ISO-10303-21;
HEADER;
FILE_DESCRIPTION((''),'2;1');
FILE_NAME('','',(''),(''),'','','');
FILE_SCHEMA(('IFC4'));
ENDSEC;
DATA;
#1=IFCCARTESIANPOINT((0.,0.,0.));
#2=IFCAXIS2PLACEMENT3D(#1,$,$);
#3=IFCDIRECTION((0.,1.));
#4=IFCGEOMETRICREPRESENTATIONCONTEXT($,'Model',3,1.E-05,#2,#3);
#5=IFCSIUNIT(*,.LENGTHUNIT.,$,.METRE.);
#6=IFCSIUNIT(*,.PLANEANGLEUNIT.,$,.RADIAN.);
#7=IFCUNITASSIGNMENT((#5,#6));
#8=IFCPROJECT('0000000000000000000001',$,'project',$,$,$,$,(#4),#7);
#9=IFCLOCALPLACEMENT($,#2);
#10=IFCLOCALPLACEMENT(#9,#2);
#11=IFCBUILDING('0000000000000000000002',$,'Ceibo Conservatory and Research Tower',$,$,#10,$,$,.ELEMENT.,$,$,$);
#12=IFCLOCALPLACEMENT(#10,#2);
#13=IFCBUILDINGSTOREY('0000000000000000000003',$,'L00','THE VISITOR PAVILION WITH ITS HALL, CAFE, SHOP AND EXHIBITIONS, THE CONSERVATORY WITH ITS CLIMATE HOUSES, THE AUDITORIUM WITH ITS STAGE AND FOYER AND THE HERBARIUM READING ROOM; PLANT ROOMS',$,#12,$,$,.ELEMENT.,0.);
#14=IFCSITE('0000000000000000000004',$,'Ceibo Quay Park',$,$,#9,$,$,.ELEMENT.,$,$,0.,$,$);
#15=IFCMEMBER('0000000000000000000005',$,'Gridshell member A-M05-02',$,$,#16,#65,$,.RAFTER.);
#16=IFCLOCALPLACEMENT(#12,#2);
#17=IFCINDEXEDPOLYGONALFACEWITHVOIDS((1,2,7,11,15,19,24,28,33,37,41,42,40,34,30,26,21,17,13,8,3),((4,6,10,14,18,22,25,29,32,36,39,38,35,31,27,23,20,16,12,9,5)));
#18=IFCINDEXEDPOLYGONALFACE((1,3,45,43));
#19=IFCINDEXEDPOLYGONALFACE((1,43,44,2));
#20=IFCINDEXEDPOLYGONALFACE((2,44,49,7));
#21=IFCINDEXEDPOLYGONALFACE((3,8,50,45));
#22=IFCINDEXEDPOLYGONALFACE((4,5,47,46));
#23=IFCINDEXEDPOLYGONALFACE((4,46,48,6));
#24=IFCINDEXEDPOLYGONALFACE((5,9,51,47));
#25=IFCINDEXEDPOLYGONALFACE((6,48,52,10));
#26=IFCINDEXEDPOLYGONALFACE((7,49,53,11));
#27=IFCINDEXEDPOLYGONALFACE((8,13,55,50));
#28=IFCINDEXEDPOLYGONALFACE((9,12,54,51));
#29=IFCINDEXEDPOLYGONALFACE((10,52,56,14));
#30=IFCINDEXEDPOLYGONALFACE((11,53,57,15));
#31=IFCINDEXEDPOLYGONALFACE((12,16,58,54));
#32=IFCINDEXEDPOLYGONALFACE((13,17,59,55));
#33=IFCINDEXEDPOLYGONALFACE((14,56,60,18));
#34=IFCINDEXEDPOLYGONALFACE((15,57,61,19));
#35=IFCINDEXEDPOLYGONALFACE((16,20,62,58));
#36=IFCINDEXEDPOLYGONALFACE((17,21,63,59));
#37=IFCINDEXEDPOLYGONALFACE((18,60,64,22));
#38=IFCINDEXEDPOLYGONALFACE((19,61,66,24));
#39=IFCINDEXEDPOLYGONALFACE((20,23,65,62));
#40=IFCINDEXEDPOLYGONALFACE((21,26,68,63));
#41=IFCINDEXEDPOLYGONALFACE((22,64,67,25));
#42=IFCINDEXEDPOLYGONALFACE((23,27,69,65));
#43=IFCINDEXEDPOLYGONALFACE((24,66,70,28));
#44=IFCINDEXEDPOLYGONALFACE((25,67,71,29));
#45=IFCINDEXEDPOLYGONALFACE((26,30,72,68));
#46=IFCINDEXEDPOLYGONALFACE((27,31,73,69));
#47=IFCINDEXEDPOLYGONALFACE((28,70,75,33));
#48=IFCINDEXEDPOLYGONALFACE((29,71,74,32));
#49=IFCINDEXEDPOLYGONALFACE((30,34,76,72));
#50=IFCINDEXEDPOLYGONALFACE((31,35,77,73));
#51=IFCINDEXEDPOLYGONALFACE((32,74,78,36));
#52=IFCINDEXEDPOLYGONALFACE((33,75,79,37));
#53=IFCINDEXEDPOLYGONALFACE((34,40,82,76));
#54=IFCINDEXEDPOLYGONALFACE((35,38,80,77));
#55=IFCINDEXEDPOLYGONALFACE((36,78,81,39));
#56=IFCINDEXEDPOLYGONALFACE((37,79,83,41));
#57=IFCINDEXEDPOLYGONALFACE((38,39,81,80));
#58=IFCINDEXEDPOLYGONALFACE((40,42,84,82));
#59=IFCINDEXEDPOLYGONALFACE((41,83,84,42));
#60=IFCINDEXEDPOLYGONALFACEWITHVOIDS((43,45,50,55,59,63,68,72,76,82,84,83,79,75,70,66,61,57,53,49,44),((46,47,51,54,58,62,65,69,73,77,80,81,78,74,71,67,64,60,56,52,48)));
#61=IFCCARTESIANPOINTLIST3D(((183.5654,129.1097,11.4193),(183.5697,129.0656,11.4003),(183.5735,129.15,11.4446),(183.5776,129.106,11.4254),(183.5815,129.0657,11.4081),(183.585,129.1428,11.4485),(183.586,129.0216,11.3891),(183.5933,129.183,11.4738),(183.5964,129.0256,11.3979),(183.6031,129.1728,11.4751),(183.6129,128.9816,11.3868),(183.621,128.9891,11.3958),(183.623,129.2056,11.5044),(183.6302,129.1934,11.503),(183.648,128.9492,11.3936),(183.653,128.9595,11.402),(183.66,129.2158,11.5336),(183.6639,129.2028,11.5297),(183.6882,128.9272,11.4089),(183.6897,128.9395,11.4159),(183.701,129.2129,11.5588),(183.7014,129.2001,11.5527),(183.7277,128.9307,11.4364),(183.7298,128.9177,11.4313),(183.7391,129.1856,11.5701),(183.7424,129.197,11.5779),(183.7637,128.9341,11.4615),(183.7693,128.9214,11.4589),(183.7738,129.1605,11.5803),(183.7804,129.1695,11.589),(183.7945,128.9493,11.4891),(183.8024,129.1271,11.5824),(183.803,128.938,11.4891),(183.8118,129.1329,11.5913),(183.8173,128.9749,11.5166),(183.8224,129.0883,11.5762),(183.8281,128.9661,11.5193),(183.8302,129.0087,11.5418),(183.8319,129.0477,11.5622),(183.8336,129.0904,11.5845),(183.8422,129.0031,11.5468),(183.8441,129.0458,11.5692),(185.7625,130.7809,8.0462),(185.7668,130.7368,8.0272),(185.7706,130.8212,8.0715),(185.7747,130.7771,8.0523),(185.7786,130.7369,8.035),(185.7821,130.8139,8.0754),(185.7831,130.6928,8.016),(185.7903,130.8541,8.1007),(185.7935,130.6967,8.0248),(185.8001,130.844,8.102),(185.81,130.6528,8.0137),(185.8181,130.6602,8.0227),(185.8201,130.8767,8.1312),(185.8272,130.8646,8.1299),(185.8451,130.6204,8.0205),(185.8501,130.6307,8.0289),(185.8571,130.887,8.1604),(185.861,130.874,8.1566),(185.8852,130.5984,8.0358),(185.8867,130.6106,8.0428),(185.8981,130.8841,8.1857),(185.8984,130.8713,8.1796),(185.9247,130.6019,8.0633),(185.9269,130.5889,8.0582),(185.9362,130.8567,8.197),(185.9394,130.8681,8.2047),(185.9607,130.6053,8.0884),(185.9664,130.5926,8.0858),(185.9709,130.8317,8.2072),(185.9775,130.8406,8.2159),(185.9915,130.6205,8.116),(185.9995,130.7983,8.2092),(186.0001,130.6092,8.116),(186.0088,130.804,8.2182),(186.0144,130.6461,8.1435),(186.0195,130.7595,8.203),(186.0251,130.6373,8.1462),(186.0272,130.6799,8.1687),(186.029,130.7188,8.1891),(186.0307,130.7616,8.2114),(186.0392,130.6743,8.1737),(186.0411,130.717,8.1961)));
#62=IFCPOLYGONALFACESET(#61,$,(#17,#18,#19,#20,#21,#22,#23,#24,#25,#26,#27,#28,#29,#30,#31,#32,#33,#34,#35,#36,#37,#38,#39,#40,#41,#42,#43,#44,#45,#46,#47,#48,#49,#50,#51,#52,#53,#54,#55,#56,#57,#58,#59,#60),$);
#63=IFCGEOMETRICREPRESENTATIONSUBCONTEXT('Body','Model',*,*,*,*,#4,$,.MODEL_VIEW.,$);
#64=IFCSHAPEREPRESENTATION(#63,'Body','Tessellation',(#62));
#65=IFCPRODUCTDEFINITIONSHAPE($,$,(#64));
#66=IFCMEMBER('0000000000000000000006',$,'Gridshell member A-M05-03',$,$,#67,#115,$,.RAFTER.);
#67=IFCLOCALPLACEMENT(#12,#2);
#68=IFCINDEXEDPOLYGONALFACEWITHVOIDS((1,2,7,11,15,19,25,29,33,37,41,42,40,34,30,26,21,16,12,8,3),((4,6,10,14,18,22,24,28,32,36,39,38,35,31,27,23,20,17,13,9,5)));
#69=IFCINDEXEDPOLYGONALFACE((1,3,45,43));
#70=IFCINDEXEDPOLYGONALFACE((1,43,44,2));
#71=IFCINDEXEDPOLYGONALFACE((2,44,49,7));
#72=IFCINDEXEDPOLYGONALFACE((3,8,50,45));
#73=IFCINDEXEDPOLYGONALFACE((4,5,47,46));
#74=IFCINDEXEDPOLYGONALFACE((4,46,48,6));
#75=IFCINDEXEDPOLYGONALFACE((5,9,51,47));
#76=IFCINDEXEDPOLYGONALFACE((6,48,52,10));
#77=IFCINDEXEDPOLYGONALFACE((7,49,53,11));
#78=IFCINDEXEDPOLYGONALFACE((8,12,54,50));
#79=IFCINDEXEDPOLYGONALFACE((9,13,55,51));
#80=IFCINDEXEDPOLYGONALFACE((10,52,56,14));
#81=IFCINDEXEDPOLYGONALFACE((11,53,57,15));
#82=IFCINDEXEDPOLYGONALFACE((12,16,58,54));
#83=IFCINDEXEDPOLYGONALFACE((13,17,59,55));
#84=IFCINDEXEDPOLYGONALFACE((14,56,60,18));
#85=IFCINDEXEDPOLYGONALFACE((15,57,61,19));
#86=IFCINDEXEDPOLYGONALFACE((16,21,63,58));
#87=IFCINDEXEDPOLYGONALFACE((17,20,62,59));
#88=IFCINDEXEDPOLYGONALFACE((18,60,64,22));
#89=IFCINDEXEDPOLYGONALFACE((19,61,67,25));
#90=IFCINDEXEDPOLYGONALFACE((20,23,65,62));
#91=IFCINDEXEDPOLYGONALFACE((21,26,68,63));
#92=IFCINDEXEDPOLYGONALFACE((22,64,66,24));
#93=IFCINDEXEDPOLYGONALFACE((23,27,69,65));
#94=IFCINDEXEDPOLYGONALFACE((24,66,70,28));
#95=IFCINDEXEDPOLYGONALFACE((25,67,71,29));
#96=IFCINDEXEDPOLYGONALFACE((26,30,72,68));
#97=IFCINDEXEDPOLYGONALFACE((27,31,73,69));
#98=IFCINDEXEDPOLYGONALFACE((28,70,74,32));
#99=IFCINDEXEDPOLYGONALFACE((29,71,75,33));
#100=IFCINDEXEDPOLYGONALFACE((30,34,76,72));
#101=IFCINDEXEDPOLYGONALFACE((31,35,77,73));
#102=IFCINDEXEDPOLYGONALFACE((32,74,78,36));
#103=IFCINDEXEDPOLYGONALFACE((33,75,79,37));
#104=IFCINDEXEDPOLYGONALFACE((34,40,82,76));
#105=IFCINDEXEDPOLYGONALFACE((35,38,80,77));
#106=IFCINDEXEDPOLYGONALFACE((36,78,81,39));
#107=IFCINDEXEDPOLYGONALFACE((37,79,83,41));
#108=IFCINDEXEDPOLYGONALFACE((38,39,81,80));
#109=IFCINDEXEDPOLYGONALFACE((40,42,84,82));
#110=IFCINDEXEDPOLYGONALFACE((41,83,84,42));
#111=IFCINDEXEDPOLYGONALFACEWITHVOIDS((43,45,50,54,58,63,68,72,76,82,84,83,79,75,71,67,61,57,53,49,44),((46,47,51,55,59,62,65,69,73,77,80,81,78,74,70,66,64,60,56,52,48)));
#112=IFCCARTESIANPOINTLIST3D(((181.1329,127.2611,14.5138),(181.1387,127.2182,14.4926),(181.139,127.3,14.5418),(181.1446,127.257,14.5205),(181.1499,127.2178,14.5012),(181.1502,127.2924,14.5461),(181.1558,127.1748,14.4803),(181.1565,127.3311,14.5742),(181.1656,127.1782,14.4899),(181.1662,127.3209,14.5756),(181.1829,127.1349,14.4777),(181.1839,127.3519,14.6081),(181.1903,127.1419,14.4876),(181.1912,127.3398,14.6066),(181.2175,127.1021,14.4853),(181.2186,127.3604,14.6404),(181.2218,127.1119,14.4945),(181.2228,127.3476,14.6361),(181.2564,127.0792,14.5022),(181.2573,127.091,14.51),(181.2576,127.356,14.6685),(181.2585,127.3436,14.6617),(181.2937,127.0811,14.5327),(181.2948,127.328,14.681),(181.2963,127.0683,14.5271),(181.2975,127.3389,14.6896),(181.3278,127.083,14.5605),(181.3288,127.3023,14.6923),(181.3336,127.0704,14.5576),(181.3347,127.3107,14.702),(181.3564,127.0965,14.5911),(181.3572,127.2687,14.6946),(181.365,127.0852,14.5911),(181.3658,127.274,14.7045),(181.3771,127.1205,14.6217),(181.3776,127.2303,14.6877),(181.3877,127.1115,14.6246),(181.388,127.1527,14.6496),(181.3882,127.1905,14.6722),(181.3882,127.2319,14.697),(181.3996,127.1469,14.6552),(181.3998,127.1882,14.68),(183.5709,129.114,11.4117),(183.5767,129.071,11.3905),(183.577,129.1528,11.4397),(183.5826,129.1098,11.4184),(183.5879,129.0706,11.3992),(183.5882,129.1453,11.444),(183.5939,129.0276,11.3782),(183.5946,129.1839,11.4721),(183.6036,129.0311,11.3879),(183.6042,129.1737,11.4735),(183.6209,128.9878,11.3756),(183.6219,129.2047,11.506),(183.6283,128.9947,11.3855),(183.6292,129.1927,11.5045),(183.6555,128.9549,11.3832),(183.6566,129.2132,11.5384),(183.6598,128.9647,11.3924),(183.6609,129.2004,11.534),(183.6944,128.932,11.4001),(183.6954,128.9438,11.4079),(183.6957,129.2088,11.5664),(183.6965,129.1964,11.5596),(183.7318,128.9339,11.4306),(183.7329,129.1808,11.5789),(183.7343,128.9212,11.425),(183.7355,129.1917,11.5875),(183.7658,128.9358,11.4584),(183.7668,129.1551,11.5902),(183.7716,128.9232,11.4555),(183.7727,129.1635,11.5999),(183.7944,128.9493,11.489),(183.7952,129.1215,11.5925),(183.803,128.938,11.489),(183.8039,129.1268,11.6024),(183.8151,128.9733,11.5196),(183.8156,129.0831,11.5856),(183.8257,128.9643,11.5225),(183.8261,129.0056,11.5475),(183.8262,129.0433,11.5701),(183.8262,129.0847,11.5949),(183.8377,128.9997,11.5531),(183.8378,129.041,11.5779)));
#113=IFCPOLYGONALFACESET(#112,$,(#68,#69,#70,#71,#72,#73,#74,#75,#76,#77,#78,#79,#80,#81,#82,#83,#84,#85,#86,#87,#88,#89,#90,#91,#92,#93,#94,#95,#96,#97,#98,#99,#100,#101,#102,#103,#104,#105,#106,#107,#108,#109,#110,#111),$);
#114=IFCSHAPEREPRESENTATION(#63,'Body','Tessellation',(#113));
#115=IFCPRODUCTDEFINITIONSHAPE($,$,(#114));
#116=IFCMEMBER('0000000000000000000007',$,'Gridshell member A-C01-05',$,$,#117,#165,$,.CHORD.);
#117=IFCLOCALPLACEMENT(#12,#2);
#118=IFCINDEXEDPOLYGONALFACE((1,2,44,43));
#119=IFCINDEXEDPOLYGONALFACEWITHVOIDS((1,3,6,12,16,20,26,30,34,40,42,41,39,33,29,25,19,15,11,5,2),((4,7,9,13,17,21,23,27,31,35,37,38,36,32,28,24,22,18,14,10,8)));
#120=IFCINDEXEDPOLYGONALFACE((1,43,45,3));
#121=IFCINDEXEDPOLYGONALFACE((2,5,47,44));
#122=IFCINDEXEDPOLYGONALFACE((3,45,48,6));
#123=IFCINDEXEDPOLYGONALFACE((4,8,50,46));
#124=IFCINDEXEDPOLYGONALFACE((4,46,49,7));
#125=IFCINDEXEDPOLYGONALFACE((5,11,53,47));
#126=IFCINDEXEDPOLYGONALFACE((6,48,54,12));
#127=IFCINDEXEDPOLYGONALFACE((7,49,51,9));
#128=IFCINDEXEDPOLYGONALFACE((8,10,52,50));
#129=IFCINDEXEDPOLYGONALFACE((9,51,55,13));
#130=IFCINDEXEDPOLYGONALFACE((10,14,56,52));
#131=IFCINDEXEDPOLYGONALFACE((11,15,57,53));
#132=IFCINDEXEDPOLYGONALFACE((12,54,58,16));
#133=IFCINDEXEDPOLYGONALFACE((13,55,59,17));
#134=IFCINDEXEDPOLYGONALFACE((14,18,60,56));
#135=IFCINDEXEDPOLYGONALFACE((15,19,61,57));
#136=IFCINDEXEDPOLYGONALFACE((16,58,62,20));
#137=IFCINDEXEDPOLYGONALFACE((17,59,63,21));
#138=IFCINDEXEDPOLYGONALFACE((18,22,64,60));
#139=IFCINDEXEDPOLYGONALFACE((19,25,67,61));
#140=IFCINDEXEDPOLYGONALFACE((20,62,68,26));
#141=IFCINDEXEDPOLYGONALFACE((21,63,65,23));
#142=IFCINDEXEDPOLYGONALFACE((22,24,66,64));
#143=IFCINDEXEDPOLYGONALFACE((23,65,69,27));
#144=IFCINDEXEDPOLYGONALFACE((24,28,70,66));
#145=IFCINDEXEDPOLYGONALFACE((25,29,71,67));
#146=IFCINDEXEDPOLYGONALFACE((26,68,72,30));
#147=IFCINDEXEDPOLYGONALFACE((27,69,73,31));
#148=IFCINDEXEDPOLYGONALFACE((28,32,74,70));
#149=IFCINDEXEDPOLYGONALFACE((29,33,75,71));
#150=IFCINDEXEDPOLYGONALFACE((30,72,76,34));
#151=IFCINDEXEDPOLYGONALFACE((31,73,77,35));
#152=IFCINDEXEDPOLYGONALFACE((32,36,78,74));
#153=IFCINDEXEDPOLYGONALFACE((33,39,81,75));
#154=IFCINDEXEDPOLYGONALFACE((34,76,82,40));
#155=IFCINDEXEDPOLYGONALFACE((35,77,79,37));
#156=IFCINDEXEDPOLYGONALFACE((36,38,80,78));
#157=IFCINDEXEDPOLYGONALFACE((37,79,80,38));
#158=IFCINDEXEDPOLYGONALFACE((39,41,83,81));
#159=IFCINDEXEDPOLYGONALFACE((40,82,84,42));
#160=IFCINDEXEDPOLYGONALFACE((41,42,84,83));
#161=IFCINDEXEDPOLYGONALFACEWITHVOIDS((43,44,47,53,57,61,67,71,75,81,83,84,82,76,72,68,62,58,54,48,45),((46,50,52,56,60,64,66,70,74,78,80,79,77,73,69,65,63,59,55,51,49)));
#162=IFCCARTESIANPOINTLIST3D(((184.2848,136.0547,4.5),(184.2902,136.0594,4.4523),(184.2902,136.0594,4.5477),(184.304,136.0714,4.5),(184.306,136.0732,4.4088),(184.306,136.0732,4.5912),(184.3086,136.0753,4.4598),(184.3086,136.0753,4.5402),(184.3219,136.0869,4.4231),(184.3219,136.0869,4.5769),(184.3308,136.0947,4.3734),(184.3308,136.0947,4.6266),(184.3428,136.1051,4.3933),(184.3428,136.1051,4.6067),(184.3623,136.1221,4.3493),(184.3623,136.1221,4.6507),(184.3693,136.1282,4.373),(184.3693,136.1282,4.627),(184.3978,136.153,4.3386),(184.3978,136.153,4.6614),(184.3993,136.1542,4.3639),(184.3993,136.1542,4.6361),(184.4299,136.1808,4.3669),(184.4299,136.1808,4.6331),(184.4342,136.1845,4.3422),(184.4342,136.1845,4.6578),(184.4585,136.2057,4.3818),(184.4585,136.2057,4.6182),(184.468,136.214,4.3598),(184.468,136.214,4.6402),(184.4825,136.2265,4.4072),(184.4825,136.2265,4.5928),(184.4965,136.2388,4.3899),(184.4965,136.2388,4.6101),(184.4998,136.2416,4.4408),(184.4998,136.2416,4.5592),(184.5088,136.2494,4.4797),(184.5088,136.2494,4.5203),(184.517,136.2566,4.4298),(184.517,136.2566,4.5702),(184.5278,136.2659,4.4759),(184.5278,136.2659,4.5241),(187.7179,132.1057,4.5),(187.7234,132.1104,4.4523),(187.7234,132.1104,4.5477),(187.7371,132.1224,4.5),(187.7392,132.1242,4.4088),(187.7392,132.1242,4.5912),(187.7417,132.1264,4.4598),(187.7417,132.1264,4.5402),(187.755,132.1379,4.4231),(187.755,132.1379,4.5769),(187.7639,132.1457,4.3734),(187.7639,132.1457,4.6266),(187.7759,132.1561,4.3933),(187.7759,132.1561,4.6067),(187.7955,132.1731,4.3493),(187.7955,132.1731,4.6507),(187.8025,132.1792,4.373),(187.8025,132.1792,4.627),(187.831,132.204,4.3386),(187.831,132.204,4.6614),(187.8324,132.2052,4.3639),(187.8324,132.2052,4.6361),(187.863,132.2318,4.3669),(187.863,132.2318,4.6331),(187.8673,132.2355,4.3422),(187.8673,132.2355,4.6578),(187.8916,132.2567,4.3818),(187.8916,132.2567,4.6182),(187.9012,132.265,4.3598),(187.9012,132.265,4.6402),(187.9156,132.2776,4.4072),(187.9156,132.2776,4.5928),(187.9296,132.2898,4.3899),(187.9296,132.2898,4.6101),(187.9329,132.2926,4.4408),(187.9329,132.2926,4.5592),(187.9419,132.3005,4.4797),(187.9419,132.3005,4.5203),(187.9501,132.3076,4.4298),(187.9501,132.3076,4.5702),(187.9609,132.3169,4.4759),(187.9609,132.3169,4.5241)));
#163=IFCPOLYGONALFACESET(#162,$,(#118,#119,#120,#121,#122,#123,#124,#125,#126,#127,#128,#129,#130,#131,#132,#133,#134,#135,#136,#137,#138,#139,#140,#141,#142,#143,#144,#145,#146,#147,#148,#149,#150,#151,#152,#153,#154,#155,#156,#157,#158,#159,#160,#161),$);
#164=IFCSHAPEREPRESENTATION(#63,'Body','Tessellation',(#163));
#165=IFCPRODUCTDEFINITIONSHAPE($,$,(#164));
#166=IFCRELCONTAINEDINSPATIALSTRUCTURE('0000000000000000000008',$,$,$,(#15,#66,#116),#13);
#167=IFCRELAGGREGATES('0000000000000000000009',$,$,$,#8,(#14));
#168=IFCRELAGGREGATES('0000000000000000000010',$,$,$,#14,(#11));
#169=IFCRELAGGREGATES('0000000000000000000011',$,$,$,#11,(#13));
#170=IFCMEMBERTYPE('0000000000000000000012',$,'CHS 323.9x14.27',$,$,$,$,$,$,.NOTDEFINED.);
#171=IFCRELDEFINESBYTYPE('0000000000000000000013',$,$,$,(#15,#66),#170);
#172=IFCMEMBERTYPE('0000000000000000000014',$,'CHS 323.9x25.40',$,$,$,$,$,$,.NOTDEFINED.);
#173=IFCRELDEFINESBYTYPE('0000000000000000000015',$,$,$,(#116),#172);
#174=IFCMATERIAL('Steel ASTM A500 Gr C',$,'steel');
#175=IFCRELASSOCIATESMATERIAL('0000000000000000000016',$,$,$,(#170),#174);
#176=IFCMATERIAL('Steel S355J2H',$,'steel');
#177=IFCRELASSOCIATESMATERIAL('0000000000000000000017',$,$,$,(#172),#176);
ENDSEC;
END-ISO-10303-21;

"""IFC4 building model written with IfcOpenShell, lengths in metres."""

from ifc_helpers import new_model, si_unit, direction, frame, origin, origin_2d, place, context, subcontext, project, spatial, hollow_circle, extrude, material, material_profile, profile_set, type_object, element, save


model = new_model("IFC4")

# Units and contexts
model_context = context("Model", 3, precision=1e-05, world=origin(), true_north=direction((0.0, 1.0)))
body_context = subcontext(model_context, "Body", "Model", "MODEL_VIEW")
ifc_project = project(units=[si_unit("LENGTHUNIT", "METRE"), si_unit("PLANEANGLEUNIT", "RADIAN")], contexts=[model_context])

# Site, building, storey
site_placement = place(None, origin())
site = spatial("IfcSite", under=ifc_project, at=site_placement, Name="Ceibo Quay Park", CompositionType="ELEMENT", RefElevation=0.0)
building_placement = place(site_placement, origin())
building = spatial("IfcBuilding", under=site, at=building_placement, Name="Ceibo Conservatory and Research Tower", CompositionType="ELEMENT")
storey_placement = place(building_placement, origin())
storey = spatial("IfcBuildingStorey", under=building, at=storey_placement, Name="L00", Description="THE VISITOR PAVILION WITH ITS HALL, CAFE, SHOP AND EXHIBITIONS, THE CONSERVATORY WITH ITS CLIMATE HOUSES, THE AUDITORIUM WITH ITS STAGE AND FOYER AND THE HERBARIUM READING ROOM; PLANT ROOMS", CompositionType="ELEMENT", Elevation=0.0)

# Shared definitions
ifc_material_1 = material(Name="Steel ASTM A500 Gr C", Category="steel")

# Members
ifc_material_profile_1 = material_profile(ifc_material_1, hollow_circle(Radius=0.1619, WallThickness=0.0142, at=origin_2d()), Name="CHS 323.9x14.27")
ifc_profile_set_1 = profile_set([ifc_material_profile_1], Name="Steel ASTM A500 Gr C")
member_type_1 = type_object("IfcMemberType", Name="CHS 323.9x14.27", PredefinedType="NOTDEFINED", material=ifc_profile_set_1)
member_1_placement = place(storey_placement, frame((185.9021, 130.738, 8.116), z_axis=(-0.50407, -0.383416, 0.77389), x_axis=(0.605406, -0.795917, 0.0)))
element("IfcMember", 1, at=member_1_placement, inside=storey, type_object=member_type_1, Name="Gridshell member A-M05-02", PredefinedType="RAFTER", context=body_context, shape_type="SweptSolid", body=[
    extrude(hollow_circle(Radius=0.1619, WallThickness=0.0142, at=origin_2d()), origin(), (0.0, 0.0, 1.0), 4.3586),
])
member_2_placement = place(storey_placement, frame((183.7051, 129.0669, 11.489), z_axis=(-0.559323, -0.425065, 0.711672), x_axis=(0.605065, -0.796176, 0.0)))
element("IfcMember", 2, at=member_2_placement, inside=storey, type_object=member_type_1, Name="Gridshell member A-M05-03", PredefinedType="RAFTER", context=body_context, shape_type="SweptSolid", body=[
    extrude(hollow_circle(Radius=0.1619, WallThickness=0.0142, at=origin_2d()), origin(), (0.0, 0.0, 1.0), 4.3589),
])
ifc_material_2 = material(Name="Steel S355J2H", Category="steel")
ifc_material_profile_2 = material_profile(ifc_material_2, hollow_circle(Radius=0.1619, WallThickness=0.0254, at=origin_2d()), Name="CHS 323.9x25.40")
ifc_profile_set_2 = profile_set([ifc_material_profile_2], Name="Steel S355J2H")
member_type_2 = type_object("IfcMemberType", Name="CHS 323.9x25.40", PredefinedType="NOTDEFINED", material=ifc_profile_set_2)
member_3_placement = place(storey_placement, frame((187.8401, 132.2119, 4.5), z_axis=(-0.656093, 0.75468, 0.0), x_axis=(-0.75468, -0.656093, 0.0)))
element("IfcMember", 3, at=member_3_placement, inside=storey, type_object=member_type_2, Name="Gridshell member A-C01-05", PredefinedType="CHORD", context=body_context, shape_type="SweptSolid", body=[
    extrude(hollow_circle(Radius=0.1619, WallThickness=0.0254, at=origin_2d()), origin(), (0.0, 0.0, 1.0), 5.2327),
])

save(model, "model.ifc")
